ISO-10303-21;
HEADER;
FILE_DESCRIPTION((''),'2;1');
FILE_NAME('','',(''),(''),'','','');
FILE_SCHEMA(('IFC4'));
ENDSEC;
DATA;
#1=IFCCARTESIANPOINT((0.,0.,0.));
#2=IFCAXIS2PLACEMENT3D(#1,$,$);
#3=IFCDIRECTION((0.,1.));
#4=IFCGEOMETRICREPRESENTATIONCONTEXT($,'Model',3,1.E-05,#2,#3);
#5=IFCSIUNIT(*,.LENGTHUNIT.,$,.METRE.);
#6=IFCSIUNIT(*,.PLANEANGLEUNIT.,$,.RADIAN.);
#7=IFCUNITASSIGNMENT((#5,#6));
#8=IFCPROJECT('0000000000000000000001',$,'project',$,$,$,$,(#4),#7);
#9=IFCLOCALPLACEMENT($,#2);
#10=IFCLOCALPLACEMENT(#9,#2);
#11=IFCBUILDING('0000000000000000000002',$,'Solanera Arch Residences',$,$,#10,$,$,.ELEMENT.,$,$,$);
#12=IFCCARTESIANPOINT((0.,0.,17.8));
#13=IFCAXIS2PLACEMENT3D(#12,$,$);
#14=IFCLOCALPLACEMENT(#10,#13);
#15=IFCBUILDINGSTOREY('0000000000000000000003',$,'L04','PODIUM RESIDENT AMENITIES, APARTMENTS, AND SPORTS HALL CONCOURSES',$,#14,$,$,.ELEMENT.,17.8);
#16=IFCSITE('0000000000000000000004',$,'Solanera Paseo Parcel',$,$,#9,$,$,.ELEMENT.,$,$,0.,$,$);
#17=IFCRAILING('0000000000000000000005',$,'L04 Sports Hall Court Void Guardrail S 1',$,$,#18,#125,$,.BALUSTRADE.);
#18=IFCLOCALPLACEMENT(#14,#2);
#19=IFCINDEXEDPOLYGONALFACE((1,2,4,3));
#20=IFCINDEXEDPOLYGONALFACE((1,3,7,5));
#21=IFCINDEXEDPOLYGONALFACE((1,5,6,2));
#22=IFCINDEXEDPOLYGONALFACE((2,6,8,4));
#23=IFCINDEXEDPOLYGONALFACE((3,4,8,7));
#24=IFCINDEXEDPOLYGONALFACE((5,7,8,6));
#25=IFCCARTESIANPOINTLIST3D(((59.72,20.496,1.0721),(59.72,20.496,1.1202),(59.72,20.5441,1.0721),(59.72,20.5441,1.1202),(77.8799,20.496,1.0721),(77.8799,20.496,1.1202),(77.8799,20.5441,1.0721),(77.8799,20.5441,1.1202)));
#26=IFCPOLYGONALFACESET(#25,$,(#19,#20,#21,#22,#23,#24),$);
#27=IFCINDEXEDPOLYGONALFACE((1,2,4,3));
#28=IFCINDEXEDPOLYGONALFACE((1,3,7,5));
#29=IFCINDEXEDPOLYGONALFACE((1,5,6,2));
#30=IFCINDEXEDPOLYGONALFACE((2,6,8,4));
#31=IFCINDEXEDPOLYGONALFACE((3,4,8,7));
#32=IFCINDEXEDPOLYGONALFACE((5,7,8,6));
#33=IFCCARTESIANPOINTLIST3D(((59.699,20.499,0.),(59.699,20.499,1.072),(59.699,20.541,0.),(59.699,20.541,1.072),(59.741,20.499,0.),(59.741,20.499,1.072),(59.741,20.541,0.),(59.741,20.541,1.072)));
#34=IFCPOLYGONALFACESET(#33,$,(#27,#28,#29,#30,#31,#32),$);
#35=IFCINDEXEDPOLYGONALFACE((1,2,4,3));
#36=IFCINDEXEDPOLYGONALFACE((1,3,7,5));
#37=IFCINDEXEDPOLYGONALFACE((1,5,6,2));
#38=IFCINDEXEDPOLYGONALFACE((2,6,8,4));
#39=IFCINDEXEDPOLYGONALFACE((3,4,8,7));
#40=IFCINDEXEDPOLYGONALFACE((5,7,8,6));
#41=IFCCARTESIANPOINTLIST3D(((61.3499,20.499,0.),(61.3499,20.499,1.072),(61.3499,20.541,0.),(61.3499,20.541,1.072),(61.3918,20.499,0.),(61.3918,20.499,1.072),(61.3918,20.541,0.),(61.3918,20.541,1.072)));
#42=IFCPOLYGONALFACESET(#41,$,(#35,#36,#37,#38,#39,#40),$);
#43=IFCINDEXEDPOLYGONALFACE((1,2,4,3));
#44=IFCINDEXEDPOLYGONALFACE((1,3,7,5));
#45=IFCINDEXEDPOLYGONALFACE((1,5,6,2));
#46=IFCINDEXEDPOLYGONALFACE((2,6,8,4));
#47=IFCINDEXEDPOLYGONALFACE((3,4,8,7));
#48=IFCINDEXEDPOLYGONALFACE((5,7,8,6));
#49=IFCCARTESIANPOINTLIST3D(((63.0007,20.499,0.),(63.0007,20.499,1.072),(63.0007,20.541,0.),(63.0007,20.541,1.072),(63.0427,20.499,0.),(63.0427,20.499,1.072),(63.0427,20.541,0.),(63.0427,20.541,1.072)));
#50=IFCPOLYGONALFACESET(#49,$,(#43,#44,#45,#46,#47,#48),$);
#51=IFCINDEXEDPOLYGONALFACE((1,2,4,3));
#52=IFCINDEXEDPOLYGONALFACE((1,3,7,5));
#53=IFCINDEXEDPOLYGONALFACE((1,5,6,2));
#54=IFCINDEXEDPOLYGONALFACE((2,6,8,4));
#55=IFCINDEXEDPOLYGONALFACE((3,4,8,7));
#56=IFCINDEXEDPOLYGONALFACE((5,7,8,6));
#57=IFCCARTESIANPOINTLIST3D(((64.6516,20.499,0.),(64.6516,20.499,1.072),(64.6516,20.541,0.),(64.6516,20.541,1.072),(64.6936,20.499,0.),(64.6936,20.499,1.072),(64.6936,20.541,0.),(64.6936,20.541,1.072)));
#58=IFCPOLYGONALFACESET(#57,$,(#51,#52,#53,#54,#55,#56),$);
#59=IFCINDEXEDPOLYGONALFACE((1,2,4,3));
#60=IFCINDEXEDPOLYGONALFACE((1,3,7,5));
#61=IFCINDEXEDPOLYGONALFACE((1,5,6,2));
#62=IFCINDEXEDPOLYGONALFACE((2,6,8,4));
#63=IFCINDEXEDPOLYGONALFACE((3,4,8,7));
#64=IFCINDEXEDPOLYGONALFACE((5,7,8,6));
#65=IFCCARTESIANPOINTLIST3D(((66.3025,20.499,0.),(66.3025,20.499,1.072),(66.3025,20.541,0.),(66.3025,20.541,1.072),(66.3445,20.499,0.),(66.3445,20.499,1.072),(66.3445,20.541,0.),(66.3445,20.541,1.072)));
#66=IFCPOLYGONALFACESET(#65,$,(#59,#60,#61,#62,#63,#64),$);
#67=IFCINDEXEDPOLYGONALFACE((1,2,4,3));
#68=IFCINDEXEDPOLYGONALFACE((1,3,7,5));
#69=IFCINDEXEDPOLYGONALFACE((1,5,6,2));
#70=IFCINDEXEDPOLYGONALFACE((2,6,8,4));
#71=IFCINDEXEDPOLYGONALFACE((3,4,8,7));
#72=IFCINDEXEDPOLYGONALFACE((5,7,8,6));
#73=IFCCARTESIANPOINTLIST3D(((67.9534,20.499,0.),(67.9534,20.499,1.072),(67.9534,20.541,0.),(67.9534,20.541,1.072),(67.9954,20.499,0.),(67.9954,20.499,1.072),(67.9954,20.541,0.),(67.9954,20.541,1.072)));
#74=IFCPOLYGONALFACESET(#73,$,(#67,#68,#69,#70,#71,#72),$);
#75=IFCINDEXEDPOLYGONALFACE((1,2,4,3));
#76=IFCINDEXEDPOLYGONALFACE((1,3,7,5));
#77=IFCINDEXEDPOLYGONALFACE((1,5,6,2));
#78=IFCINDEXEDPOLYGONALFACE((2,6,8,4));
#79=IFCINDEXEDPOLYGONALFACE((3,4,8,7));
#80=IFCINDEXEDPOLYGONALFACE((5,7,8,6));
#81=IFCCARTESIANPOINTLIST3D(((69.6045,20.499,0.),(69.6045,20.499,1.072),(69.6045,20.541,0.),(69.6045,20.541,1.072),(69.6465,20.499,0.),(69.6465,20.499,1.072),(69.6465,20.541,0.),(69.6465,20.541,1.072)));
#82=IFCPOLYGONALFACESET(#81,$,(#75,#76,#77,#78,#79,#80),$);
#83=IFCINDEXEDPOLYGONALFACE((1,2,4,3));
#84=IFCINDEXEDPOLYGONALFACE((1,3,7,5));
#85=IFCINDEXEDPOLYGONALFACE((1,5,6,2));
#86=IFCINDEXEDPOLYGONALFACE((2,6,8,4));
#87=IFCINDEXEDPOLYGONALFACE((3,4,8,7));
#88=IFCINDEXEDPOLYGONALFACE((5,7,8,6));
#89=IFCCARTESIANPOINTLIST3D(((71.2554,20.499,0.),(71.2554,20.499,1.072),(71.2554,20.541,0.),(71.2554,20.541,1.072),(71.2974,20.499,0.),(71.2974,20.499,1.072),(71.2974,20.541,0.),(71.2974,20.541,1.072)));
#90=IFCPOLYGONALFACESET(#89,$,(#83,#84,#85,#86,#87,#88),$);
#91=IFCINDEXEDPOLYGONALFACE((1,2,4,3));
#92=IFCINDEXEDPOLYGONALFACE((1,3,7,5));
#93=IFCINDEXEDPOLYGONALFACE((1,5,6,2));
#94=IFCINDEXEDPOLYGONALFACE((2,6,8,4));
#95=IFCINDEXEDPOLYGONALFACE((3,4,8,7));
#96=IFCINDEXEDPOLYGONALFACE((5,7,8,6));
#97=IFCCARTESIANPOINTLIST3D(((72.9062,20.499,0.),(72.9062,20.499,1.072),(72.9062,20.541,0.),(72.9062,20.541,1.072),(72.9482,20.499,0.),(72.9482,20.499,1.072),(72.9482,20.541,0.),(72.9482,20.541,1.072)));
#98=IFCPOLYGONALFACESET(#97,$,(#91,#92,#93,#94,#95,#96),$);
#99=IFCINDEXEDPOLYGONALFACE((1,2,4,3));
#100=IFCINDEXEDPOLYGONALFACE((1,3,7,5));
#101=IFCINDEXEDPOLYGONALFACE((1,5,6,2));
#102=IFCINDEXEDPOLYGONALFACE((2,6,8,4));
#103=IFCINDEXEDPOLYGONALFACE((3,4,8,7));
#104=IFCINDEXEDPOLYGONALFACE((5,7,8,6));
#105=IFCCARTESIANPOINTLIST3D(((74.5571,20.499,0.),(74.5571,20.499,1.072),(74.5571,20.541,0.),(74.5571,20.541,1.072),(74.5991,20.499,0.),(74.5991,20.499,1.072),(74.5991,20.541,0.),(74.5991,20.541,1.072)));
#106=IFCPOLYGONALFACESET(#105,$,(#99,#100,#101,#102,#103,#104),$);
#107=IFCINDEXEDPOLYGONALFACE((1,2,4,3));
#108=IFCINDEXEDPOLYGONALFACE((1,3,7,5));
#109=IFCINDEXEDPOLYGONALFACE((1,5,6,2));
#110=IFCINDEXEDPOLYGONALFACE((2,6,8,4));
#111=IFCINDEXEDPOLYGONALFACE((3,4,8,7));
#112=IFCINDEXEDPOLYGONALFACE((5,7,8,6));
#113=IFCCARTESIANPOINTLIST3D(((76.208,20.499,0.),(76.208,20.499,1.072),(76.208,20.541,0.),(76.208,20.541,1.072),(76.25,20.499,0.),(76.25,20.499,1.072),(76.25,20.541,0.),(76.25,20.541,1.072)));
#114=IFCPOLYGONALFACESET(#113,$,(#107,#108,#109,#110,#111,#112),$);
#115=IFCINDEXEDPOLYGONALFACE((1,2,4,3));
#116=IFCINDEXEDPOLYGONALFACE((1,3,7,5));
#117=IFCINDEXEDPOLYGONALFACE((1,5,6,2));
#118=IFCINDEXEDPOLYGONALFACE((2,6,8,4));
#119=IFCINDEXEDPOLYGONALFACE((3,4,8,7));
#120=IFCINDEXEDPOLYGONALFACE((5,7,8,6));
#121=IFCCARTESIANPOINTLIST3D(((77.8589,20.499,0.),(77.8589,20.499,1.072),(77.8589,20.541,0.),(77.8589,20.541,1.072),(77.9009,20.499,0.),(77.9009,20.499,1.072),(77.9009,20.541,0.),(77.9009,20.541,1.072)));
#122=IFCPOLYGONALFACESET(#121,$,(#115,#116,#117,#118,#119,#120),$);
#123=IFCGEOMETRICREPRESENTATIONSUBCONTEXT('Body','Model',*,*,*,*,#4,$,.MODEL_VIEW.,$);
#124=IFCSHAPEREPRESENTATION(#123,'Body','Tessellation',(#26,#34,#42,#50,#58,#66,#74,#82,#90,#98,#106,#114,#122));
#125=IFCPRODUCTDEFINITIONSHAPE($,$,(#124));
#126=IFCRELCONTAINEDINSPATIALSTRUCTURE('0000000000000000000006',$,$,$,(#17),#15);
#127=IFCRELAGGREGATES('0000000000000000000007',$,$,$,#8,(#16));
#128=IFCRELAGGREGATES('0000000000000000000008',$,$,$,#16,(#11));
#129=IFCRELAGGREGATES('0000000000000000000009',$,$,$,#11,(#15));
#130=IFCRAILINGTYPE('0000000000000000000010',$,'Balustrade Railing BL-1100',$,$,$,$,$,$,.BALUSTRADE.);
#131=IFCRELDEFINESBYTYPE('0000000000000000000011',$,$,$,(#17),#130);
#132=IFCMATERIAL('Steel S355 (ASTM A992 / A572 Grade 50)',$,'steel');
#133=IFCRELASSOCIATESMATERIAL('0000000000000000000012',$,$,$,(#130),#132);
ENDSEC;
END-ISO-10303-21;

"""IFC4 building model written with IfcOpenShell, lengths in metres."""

from ifc_helpers import new_model, si_unit, direction, frame, origin, origin_2d, place, context, subcontext, project, spatial, rectangle, extrude, material, type_object, element, save


model = new_model("IFC4")

# Units and contexts
model_context = context("Model", 3, precision=1e-05, world=origin(), true_north=direction((0.0, 1.0)))
body_context = subcontext(model_context, "Body", "Model", "MODEL_VIEW")
ifc_project = project(units=[si_unit("LENGTHUNIT", "METRE"), si_unit("PLANEANGLEUNIT", "RADIAN")], contexts=[model_context])

# Site, building, storey
site_placement = place(None, origin())
site = spatial("IfcSite", under=ifc_project, at=site_placement, Name="Solanera Paseo Parcel", CompositionType="ELEMENT", RefElevation=0.0)
building_placement = place(site_placement, origin())
building = spatial("IfcBuilding", under=site, at=building_placement, Name="Solanera Arch Residences", CompositionType="ELEMENT")
storey_placement = place(building_placement, frame((0.0, 0.0, 17.8)))
storey = spatial("IfcBuildingStorey", under=building, at=storey_placement, Name="L04", Description="PODIUM RESIDENT AMENITIES, APARTMENTS, AND SPORTS HALL CONCOURSES", CompositionType="ELEMENT", Elevation=17.8)

# Railing
ifc_material_1 = material(Name="Steel S355 (ASTM A992 / A572 Grade 50)", Category="steel")
railing_type = type_object("IfcRailingType", Name="Balustrade Railing BL-1100", PredefinedType="BALUSTRADE", material=ifc_material_1)
railing_placement = place(storey_placement, frame((59.72, 20.52, 0.0)))
element("IfcRailing", 1, at=railing_placement, inside=storey, type_object=railing_type, Name="L04 Sports Hall Court Void Guardrail S 1", PredefinedType="BALUSTRADE", context=body_context, shape_type="SweptSolid", body=[
    extrude(rectangle(XDim=0.0481, YDim=0.0481, at=origin_2d()), frame((0.0, 0.0, 1.0962), z_axis=(1.0, 0.0, 0.0), x_axis=(0.0, 1.0, 0.0)), (0.0, 0.0, 1.0), 18.1599),
    extrude(rectangle(XDim=0.042, YDim=0.042, at=origin_2d()), origin(), (0.0, 0.0, 1.0), 1.072),
    extrude(rectangle(XDim=0.042, YDim=0.042, at=origin_2d()), frame((1.6509, 0.0, 0.0)), (0.0, 0.0, 1.0), 1.072),
    extrude(rectangle(XDim=0.042, YDim=0.042, at=origin_2d()), frame((3.3018, 0.0, 0.0)), (0.0, 0.0, 1.0), 1.072),
    extrude(rectangle(XDim=0.042, YDim=0.042, at=origin_2d()), frame((4.9526, 0.0, 0.0)), (0.0, 0.0, 1.0), 1.072),
    extrude(rectangle(XDim=0.042, YDim=0.042, at=origin_2d()), frame((6.6035, 0.0, 0.0)), (0.0, 0.0, 1.0), 1.072),
    extrude(rectangle(XDim=0.042, YDim=0.042, at=origin_2d()), frame((8.2544, 0.0, 0.0)), (0.0, 0.0, 1.0), 1.072),
    extrude(rectangle(XDim=0.042, YDim=0.042, at=origin_2d()), frame((9.9055, 0.0, 0.0)), (0.0, 0.0, 1.0), 1.072),
    extrude(rectangle(XDim=0.042, YDim=0.042, at=origin_2d()), frame((11.5564, 0.0, 0.0)), (0.0, 0.0, 1.0), 1.072),
    extrude(rectangle(XDim=0.042, YDim=0.042, at=origin_2d()), frame((13.2073, 0.0, 0.0)), (0.0, 0.0, 1.0), 1.072),
    extrude(rectangle(XDim=0.042, YDim=0.042, at=origin_2d()), frame((14.8582, 0.0, 0.0)), (0.0, 0.0, 1.0), 1.072),
    extrude(rectangle(XDim=0.042, YDim=0.042, at=origin_2d()), frame((16.509, 0.0, 0.0)), (0.0, 0.0, 1.0), 1.072),
    extrude(rectangle(XDim=0.042, YDim=0.042, at=origin_2d()), frame((18.1599, 0.0, 0.0)), (0.0, 0.0, 1.0), 1.072),
])

save(model, "model.ifc")
